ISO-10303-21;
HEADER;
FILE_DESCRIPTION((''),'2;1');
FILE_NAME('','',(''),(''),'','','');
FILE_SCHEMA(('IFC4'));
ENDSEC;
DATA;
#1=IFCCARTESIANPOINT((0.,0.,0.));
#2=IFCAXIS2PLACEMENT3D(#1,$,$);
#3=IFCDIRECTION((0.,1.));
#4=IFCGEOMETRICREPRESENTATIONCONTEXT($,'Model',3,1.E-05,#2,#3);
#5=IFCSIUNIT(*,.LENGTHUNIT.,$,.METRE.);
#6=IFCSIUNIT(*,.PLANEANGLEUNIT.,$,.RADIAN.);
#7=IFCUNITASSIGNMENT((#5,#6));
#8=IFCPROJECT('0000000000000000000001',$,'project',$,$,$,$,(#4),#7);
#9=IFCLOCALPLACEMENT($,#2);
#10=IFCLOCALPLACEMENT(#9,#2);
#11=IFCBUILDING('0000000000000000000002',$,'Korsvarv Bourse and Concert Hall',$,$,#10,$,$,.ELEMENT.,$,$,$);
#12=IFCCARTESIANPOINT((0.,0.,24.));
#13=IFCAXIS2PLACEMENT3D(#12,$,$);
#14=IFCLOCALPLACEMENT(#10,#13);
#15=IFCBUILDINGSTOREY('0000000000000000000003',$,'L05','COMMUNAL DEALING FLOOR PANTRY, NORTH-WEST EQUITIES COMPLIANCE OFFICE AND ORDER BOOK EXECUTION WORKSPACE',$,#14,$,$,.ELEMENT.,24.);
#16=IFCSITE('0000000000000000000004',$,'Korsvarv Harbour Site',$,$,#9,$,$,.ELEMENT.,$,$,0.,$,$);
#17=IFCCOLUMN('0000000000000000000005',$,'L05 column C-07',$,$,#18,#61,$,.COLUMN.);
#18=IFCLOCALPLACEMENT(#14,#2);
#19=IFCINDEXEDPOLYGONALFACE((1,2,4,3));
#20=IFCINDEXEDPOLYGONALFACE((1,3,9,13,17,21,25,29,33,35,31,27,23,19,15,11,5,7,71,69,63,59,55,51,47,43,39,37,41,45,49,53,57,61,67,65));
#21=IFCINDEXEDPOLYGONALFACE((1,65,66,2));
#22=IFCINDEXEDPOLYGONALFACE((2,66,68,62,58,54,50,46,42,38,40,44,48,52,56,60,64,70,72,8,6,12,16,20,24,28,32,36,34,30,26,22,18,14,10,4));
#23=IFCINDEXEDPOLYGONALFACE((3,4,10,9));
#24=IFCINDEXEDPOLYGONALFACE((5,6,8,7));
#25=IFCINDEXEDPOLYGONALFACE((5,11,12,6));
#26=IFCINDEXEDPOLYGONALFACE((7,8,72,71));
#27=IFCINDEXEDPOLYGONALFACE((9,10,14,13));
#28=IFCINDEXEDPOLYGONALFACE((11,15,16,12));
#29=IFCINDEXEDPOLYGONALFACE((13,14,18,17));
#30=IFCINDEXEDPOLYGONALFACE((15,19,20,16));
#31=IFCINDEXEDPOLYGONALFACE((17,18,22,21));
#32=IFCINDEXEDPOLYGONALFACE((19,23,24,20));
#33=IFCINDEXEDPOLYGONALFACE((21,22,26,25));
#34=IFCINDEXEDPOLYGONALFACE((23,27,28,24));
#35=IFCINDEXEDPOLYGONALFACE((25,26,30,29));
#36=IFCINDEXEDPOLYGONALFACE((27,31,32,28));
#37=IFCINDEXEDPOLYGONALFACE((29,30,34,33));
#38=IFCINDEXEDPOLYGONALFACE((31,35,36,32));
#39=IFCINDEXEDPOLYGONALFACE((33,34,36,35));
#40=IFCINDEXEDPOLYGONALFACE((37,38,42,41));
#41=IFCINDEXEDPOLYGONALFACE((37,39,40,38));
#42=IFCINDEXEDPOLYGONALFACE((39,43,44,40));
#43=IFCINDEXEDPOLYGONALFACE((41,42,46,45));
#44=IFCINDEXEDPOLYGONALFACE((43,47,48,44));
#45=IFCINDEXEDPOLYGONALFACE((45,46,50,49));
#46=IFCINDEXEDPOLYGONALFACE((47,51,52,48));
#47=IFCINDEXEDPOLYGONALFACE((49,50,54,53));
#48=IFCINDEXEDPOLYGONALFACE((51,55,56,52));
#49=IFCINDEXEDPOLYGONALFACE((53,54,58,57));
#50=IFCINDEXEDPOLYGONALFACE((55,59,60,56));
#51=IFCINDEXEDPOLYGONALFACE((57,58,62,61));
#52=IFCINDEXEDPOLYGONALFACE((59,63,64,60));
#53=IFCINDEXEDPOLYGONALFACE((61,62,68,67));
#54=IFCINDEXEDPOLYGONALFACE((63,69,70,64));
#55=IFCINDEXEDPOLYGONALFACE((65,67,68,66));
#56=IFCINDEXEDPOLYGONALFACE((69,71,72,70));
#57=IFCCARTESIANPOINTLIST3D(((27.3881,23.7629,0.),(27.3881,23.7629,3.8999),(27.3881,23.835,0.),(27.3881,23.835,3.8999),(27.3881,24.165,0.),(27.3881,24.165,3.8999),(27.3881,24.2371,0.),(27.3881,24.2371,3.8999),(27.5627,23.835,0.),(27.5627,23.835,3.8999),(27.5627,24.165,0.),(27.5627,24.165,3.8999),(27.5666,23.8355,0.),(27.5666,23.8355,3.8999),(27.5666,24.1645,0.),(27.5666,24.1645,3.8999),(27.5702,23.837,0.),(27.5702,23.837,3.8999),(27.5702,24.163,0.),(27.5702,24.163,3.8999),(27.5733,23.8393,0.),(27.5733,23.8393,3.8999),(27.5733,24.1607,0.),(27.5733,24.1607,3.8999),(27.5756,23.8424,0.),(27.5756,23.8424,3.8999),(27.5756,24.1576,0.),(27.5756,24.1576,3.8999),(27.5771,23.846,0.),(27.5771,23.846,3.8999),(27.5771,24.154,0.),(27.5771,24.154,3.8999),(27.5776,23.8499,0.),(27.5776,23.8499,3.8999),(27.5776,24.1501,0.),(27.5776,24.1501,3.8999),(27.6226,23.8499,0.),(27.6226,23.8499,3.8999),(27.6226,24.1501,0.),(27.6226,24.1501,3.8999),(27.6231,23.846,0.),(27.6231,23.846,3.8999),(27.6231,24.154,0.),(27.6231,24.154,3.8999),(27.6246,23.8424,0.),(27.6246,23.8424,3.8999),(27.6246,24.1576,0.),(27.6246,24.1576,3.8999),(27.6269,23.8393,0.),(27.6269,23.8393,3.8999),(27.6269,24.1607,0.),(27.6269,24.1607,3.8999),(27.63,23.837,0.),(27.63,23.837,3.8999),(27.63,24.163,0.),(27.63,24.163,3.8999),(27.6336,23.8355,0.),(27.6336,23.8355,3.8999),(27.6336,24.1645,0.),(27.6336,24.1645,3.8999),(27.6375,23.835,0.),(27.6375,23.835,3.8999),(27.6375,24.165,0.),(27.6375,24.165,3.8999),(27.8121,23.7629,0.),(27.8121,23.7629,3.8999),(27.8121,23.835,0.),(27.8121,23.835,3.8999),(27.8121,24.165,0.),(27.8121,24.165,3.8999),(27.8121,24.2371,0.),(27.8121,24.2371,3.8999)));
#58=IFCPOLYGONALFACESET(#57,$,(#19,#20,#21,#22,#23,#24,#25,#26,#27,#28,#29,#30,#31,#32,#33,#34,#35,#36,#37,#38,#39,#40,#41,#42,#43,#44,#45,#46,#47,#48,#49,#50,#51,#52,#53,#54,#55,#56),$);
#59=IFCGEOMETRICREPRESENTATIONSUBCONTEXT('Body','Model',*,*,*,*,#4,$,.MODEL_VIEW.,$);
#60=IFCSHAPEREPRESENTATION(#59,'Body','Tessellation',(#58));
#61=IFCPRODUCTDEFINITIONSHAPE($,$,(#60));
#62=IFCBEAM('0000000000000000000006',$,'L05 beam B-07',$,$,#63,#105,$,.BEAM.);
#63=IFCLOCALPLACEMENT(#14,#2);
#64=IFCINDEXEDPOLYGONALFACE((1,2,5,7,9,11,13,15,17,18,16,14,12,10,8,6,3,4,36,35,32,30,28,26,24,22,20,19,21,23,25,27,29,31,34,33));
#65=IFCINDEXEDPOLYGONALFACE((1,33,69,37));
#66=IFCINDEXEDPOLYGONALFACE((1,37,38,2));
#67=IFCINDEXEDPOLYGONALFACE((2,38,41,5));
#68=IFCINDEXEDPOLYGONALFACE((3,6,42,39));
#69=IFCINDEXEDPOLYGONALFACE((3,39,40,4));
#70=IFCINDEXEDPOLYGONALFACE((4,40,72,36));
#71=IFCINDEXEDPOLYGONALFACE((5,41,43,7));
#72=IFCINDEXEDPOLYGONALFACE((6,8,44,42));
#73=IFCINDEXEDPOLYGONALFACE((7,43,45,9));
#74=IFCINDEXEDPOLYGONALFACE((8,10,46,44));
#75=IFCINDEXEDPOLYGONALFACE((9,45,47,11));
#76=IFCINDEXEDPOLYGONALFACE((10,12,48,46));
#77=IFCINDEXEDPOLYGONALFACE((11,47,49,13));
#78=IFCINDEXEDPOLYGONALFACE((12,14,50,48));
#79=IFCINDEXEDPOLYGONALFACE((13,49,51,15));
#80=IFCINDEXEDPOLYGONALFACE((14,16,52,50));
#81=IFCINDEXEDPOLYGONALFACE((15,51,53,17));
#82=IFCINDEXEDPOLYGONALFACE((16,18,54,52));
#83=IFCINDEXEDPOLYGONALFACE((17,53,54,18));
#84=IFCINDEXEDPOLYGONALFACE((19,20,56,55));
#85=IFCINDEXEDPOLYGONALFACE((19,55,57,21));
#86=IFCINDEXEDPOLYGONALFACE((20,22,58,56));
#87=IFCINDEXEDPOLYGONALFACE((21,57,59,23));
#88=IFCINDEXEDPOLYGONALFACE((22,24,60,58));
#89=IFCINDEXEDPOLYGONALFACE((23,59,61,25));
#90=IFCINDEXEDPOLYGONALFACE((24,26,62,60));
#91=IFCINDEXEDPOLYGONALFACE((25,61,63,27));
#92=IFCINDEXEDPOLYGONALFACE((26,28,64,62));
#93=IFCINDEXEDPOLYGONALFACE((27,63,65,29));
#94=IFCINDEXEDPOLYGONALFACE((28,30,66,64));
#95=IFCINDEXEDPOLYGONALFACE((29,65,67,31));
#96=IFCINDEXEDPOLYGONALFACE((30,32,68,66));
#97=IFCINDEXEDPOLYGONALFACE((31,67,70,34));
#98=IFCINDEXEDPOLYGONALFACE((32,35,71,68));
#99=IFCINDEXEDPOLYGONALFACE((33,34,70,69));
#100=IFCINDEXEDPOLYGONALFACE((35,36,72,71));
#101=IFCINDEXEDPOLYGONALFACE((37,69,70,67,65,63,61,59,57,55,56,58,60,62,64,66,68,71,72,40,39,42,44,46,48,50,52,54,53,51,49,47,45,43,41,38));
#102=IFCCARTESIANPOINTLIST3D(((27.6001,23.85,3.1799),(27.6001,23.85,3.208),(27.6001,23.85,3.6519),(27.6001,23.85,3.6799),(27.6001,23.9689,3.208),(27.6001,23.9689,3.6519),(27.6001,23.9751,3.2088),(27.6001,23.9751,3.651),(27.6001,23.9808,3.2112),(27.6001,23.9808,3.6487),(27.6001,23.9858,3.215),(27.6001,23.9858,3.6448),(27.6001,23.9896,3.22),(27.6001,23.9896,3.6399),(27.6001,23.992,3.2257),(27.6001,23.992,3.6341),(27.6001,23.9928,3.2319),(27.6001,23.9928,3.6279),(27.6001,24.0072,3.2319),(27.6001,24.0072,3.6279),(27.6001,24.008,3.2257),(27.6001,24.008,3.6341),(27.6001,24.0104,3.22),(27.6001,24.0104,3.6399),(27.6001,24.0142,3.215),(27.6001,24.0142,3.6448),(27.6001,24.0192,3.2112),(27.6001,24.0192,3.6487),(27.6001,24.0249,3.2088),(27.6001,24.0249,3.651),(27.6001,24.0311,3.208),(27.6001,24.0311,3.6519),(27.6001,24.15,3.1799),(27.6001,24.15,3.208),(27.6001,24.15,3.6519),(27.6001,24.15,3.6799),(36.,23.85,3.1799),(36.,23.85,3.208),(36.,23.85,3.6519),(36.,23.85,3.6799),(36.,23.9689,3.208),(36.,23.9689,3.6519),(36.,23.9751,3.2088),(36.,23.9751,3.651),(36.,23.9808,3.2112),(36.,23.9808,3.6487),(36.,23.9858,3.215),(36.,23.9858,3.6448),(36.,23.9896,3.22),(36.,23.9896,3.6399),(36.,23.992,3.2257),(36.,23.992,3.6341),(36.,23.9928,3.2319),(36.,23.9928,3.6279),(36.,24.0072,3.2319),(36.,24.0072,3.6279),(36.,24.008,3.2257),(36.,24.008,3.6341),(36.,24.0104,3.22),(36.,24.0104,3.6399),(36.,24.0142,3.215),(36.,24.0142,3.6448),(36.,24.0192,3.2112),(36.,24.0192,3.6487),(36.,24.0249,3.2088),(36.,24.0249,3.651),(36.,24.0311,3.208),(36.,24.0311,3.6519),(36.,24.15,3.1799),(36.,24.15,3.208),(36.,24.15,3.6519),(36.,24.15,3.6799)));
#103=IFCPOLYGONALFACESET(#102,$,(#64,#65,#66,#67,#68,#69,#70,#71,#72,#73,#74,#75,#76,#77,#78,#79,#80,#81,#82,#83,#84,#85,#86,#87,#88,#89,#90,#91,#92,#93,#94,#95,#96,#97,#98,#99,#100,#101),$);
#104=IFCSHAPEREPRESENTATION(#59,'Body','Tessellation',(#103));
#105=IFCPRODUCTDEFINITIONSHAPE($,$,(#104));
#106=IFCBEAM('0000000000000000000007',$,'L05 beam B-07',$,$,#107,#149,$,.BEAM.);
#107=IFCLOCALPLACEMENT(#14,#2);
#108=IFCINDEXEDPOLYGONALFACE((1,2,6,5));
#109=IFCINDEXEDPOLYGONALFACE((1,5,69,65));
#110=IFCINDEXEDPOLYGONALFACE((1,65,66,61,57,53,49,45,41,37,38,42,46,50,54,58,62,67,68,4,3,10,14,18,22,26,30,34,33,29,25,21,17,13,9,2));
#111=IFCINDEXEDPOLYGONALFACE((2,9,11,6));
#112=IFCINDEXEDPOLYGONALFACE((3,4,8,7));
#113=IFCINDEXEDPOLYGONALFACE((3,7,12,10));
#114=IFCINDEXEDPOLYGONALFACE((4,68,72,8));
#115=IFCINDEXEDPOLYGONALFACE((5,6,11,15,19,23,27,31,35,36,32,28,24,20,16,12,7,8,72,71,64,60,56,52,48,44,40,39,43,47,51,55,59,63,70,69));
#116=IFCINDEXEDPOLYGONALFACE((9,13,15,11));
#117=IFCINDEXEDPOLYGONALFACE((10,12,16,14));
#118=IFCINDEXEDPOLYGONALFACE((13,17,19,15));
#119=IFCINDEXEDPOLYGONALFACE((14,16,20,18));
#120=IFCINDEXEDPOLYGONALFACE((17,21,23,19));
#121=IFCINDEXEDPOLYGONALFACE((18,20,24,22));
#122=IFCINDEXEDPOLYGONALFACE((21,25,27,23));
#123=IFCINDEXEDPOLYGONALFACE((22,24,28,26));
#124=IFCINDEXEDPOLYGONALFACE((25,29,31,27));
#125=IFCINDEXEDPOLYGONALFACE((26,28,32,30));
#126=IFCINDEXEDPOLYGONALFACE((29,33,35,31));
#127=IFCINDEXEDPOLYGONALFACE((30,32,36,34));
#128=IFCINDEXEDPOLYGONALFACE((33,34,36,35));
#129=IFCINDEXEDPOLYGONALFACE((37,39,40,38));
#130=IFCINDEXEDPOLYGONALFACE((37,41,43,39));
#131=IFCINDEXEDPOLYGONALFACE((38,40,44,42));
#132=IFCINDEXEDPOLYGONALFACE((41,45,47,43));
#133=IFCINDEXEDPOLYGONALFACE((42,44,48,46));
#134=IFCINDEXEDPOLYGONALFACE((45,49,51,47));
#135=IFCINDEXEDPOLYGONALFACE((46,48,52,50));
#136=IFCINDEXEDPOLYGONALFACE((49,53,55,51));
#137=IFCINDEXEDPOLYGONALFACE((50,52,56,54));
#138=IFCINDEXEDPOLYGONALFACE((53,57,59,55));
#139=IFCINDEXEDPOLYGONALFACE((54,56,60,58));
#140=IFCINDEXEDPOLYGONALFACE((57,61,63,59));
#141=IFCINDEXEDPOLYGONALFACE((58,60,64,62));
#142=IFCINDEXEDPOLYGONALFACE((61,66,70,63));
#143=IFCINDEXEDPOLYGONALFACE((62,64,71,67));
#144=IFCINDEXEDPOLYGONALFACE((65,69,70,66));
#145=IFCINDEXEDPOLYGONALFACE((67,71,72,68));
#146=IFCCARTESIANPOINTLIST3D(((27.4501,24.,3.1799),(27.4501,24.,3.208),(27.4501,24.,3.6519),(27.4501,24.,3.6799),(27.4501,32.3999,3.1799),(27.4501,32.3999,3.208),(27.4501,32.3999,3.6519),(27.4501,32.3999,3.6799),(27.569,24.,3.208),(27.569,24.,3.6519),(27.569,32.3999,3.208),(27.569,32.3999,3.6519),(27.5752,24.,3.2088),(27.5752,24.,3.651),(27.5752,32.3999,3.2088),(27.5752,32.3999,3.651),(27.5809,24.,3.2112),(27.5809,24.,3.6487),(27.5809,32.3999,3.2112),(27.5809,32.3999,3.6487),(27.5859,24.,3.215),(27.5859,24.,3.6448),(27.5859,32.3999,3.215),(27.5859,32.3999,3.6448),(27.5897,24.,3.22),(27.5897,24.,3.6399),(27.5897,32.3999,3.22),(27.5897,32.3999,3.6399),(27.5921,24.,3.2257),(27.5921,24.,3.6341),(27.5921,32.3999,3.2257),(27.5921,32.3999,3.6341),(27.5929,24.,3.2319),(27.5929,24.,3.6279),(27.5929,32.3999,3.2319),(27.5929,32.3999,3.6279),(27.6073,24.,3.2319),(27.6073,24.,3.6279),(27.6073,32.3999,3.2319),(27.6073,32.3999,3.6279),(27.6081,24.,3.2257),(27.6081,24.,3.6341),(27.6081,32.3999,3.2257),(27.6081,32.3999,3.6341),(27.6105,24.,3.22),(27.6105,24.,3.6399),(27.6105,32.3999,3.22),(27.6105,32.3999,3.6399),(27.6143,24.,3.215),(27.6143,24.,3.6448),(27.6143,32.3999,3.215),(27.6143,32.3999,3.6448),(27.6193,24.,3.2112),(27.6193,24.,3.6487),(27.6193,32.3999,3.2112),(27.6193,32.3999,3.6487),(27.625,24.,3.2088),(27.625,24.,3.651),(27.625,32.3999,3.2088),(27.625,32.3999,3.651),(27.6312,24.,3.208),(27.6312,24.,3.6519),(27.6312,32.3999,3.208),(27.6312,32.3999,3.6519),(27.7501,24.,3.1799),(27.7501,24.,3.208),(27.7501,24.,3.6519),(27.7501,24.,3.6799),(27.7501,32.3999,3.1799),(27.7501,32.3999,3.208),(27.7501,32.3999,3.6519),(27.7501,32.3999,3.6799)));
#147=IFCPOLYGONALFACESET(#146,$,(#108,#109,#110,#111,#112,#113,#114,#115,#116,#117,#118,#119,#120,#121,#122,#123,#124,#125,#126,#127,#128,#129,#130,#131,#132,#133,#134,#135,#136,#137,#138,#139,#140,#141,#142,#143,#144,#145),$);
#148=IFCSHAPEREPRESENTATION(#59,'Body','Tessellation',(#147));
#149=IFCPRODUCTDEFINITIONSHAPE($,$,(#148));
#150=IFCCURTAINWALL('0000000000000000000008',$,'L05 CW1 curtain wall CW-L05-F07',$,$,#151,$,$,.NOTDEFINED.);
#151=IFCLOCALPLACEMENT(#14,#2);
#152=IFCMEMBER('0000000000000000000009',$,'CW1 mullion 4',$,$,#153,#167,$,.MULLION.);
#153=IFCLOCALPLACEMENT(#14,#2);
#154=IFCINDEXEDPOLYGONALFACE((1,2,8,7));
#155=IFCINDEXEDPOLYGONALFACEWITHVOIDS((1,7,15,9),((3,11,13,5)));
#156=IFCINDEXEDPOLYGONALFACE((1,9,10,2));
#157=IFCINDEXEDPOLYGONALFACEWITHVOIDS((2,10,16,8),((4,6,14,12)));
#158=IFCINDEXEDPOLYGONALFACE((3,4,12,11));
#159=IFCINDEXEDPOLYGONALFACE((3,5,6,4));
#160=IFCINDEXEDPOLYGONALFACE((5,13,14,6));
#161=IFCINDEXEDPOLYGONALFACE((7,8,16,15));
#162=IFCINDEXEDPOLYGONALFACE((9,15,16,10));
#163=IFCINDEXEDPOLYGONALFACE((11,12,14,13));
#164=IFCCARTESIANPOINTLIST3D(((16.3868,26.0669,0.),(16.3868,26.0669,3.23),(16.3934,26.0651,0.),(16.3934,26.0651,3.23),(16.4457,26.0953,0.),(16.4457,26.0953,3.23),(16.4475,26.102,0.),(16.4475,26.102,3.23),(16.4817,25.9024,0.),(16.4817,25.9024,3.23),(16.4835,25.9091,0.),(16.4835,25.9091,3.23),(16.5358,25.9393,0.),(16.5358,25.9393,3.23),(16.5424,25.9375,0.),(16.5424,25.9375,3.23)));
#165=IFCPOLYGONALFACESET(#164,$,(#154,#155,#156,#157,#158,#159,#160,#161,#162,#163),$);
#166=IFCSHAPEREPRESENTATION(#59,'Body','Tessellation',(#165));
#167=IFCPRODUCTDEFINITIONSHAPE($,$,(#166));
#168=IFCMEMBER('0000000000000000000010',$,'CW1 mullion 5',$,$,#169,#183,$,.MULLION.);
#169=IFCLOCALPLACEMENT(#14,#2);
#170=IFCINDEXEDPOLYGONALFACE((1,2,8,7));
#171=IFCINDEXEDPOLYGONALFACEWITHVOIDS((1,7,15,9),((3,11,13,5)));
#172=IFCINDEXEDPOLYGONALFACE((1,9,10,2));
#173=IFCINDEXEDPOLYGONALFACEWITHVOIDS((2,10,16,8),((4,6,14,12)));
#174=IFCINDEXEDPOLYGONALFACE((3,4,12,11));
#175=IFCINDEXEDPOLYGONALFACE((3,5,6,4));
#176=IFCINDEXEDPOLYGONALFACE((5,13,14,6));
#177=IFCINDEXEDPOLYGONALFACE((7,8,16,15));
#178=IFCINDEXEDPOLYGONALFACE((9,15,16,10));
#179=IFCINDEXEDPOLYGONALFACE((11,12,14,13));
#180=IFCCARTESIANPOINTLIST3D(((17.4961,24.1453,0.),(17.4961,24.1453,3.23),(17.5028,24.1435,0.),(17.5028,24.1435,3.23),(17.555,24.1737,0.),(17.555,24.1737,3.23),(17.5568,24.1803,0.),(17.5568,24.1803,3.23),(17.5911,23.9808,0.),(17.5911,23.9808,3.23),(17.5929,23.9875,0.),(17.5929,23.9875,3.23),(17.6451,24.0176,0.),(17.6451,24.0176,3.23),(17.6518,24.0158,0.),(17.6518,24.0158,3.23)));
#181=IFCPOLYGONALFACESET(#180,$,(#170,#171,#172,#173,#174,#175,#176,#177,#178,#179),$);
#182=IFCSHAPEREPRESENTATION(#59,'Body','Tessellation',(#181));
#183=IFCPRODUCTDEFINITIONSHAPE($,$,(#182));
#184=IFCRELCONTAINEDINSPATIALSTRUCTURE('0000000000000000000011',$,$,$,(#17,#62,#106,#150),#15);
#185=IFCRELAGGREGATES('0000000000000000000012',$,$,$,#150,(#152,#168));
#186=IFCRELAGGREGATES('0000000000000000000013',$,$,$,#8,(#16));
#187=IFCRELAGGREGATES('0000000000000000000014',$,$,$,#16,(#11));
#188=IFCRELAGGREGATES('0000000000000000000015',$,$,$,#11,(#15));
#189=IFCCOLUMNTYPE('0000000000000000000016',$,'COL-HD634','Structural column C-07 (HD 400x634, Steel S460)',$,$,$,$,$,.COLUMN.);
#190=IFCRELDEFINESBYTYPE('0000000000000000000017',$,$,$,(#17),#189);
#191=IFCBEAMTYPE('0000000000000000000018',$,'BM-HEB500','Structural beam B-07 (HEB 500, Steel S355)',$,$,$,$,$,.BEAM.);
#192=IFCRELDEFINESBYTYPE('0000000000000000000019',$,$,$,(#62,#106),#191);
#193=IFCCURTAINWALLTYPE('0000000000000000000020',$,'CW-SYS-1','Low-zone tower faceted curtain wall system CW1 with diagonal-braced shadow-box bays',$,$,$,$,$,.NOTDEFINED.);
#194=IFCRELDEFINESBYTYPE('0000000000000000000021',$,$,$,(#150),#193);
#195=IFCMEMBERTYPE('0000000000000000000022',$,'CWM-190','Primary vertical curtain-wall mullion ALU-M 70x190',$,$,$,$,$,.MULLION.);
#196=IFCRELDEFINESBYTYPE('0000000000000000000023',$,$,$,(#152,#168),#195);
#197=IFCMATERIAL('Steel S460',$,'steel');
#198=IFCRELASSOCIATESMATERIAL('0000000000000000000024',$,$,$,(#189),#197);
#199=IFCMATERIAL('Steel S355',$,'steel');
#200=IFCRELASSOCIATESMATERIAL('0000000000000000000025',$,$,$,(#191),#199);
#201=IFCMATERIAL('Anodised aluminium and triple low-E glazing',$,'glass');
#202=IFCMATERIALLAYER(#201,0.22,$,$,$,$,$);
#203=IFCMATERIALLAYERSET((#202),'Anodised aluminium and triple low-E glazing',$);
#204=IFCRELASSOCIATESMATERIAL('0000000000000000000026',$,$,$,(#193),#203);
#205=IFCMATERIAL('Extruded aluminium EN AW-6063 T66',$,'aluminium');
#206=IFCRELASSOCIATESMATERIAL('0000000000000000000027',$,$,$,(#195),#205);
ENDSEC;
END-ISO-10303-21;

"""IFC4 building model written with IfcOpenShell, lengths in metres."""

from ifc_helpers import new_model, si_unit, direction, frame, origin, origin_2d, place, context, subcontext, project, spatial, hollow_rectangle, i_section, extrude, source, transform, mapped, material, layer, layer_set, material_profile, profile_set, type_object, element, aggregate, save


model = new_model("IFC4")

# Units and contexts
model_context = context("Model", 3, precision=1e-05, world=origin(), true_north=direction((0.0, 1.0)))
body_context = subcontext(model_context, "Body", "Model", "MODEL_VIEW")
ifc_project = project(units=[si_unit("LENGTHUNIT", "METRE"), si_unit("PLANEANGLEUNIT", "RADIAN")], contexts=[model_context])

# Site, building, storey
site_placement = place(None, origin())
site = spatial("IfcSite", under=ifc_project, at=site_placement, Name="Korsvarv Harbour Site", CompositionType="ELEMENT", RefElevation=0.0)
building_placement = place(site_placement, origin())
building = spatial("IfcBuilding", under=site, at=building_placement, Name="Korsvarv Bourse and Concert Hall", CompositionType="ELEMENT")
storey_placement = place(building_placement, frame((0.0, 0.0, 24.0)))
storey = spatial("IfcBuildingStorey", under=building, at=storey_placement, Name="L05", Description="COMMUNAL DEALING FLOOR PANTRY, NORTH-WEST EQUITIES COMPLIANCE OFFICE AND ORDER BOOK EXECUTION WORKSPACE", CompositionType="ELEMENT", Elevation=24.0)

# Column
ifc_material_1 = material(Name="Steel S460", Category="steel")
ifc_material_profile_1 = material_profile(ifc_material_1, i_section(OverallWidth=0.4241, OverallDepth=0.4741, WebThickness=0.0449, FlangeThickness=0.072, FilletRadius=0.0149, at=origin_2d()), Name="HD 400x634")
ifc_profile_set_1 = profile_set([ifc_material_profile_1], Name="Steel S460")
column_type = type_object("IfcColumnType", Name="COL-HD634", Description="Structural column C-07 (HD 400x634, Steel S460)", PredefinedType="COLUMN", material=ifc_profile_set_1)
shared_shape_1 = source(origin(), body_context, "Body", "SweptSolid", [
    extrude(i_section(OverallWidth=0.4241, OverallDepth=0.4741, WebThickness=0.0449, FlangeThickness=0.072, FilletRadius=0.0149, at=origin_2d()), origin(), (0.0, 0.0, 1.0), 3.8999),
])
column_placement = place(storey_placement, frame((27.6001, 24.0, 0.0), z_axis=(0.0, 0.0, 1.0), x_axis=(1.0, 0.0, 0.0)))
element("IfcColumn", 1, at=column_placement, inside=storey, type_object=column_type, Name="L05 column C-07", PredefinedType="COLUMN", context=body_context, shape_type="MappedRepresentation", body=[
    mapped(shared_shape_1, transform((0.0, 0.0, 0.0), scale=1.0)),
])

# Beams
ifc_material_2 = material(Name="Steel S355", Category="steel")
ifc_material_profile_2 = material_profile(ifc_material_2, i_section(OverallWidth=0.3, OverallDepth=0.5, WebThickness=0.0144, FlangeThickness=0.0281, FilletRadius=0.0239, at=origin_2d()), Name="HEB 500")
ifc_profile_set_2 = profile_set([ifc_material_profile_2], Name="Steel S355")
beam_type = type_object("IfcBeamType", Name="BM-HEB500", Description="Structural beam B-07 (HEB 500, Steel S355)", PredefinedType="BEAM", material=ifc_profile_set_2)
shared_shape_2 = source(origin(), body_context, "Body", "SweptSolid", [
    extrude(i_section(OverallWidth=0.3, OverallDepth=0.5, WebThickness=0.0144, FlangeThickness=0.0281, FilletRadius=0.0239, at=origin_2d()), origin(), (0.0, 0.0, 1.0), 8.3999),
])
for number, where, z_axis, x_axis, name in (
    (2, (27.6001, 24.0, 3.4299), (1.0, 0.0, 0.0), (0.0, 1.0, 0.0), "L05 beam B-07"),
    (3, (27.6001, 24.0, 3.4299), (0.0, 1.0, 0.0), (-1.0, 0.0, 0.0), "L05 beam B-07"),
):
    element("IfcBeam", number, at=place(storey_placement, frame(where, z_axis=z_axis, x_axis=x_axis)), inside=storey, type_object=beam_type, Name=name, PredefinedType="BEAM", context=body_context, shape_type="MappedRepresentation", body=[
        mapped(shared_shape_2, transform((0.0, 0.0, 0.0), scale=1.0)),
    ])

# Curtain wall, members
ifc_material_3 = material(Name="Anodised aluminium and triple low-E glazing", Category="glass")
ifc_layer_1 = layer(ifc_material_3, 0.22)
ifc_layer_set_1 = layer_set([ifc_layer_1], Name="Anodised aluminium and triple low-E glazing")
curtain_wall_type = type_object("IfcCurtainWallType", Name="CW-SYS-1", Description="Low-zone tower faceted curtain wall system CW1 with diagonal-braced shadow-box bays", PredefinedType="NOTDEFINED", material=ifc_layer_set_1)
curtain_wall_placement = place(storey_placement, origin())
curtain_wall = element("IfcCurtainWall", 4, at=curtain_wall_placement, inside=storey, type_object=curtain_wall_type, Name="L05 CW1 curtain wall CW-L05-F07", PredefinedType="NOTDEFINED")
ifc_material_4 = material(Name="Extruded aluminium EN AW-6063 T66", Category="aluminium")
ifc_material_profile_3 = material_profile(ifc_material_4, hollow_rectangle(XDim=0.0701, YDim=0.1899, WallThickness=0.0049, at=origin_2d()), Name="ALU-M 70x190")
ifc_profile_set_3 = profile_set([ifc_material_profile_3], Name="Extruded aluminium EN AW-6063 T66")
member_type_1 = type_object("IfcMemberType", Name="CWM-190", Description="Primary vertical curtain-wall mullion ALU-M 70x190", PredefinedType="MULLION", material=ifc_profile_set_3)
shared_shape_3 = source(origin(), body_context, "Body", "SweptSolid", [
    extrude(hollow_rectangle(XDim=0.0701, YDim=0.1899, WallThickness=0.0049, at=origin_2d()), origin(), (0.0, 0.0, 1.0), 3.23),
])
member_1_placement = place(storey_placement, frame((16.4646, 26.0022, 0.0), z_axis=(0.0, 0.0, 1.0), x_axis=(0.866029, 0.499995, 0.0)))
member_1 = element("IfcMember", 5, at=member_1_placement, type_object=member_type_1, Name="CW1 mullion 4", PredefinedType="MULLION", context=body_context, shape_type="MappedRepresentation", body=[
    mapped(shared_shape_3, transform((0.0, 0.0, 0.0), scale=1.0)),
])
member_2_placement = place(storey_placement, frame((17.574, 24.0806, 0.0), z_axis=(0.0, 0.0, 1.0), x_axis=(0.866029, 0.499995, 0.0)))
member_2 = element("IfcMember", 6, at=member_2_placement, type_object=member_type_1, Name="CW1 mullion 5", PredefinedType="MULLION", context=body_context, shape_type="MappedRepresentation", body=[
    mapped(shared_shape_3, transform((0.0, 0.0, 0.0), scale=1.0)),
])
aggregate(curtain_wall, [member_1, member_2])

save(model, "model.ifc")
